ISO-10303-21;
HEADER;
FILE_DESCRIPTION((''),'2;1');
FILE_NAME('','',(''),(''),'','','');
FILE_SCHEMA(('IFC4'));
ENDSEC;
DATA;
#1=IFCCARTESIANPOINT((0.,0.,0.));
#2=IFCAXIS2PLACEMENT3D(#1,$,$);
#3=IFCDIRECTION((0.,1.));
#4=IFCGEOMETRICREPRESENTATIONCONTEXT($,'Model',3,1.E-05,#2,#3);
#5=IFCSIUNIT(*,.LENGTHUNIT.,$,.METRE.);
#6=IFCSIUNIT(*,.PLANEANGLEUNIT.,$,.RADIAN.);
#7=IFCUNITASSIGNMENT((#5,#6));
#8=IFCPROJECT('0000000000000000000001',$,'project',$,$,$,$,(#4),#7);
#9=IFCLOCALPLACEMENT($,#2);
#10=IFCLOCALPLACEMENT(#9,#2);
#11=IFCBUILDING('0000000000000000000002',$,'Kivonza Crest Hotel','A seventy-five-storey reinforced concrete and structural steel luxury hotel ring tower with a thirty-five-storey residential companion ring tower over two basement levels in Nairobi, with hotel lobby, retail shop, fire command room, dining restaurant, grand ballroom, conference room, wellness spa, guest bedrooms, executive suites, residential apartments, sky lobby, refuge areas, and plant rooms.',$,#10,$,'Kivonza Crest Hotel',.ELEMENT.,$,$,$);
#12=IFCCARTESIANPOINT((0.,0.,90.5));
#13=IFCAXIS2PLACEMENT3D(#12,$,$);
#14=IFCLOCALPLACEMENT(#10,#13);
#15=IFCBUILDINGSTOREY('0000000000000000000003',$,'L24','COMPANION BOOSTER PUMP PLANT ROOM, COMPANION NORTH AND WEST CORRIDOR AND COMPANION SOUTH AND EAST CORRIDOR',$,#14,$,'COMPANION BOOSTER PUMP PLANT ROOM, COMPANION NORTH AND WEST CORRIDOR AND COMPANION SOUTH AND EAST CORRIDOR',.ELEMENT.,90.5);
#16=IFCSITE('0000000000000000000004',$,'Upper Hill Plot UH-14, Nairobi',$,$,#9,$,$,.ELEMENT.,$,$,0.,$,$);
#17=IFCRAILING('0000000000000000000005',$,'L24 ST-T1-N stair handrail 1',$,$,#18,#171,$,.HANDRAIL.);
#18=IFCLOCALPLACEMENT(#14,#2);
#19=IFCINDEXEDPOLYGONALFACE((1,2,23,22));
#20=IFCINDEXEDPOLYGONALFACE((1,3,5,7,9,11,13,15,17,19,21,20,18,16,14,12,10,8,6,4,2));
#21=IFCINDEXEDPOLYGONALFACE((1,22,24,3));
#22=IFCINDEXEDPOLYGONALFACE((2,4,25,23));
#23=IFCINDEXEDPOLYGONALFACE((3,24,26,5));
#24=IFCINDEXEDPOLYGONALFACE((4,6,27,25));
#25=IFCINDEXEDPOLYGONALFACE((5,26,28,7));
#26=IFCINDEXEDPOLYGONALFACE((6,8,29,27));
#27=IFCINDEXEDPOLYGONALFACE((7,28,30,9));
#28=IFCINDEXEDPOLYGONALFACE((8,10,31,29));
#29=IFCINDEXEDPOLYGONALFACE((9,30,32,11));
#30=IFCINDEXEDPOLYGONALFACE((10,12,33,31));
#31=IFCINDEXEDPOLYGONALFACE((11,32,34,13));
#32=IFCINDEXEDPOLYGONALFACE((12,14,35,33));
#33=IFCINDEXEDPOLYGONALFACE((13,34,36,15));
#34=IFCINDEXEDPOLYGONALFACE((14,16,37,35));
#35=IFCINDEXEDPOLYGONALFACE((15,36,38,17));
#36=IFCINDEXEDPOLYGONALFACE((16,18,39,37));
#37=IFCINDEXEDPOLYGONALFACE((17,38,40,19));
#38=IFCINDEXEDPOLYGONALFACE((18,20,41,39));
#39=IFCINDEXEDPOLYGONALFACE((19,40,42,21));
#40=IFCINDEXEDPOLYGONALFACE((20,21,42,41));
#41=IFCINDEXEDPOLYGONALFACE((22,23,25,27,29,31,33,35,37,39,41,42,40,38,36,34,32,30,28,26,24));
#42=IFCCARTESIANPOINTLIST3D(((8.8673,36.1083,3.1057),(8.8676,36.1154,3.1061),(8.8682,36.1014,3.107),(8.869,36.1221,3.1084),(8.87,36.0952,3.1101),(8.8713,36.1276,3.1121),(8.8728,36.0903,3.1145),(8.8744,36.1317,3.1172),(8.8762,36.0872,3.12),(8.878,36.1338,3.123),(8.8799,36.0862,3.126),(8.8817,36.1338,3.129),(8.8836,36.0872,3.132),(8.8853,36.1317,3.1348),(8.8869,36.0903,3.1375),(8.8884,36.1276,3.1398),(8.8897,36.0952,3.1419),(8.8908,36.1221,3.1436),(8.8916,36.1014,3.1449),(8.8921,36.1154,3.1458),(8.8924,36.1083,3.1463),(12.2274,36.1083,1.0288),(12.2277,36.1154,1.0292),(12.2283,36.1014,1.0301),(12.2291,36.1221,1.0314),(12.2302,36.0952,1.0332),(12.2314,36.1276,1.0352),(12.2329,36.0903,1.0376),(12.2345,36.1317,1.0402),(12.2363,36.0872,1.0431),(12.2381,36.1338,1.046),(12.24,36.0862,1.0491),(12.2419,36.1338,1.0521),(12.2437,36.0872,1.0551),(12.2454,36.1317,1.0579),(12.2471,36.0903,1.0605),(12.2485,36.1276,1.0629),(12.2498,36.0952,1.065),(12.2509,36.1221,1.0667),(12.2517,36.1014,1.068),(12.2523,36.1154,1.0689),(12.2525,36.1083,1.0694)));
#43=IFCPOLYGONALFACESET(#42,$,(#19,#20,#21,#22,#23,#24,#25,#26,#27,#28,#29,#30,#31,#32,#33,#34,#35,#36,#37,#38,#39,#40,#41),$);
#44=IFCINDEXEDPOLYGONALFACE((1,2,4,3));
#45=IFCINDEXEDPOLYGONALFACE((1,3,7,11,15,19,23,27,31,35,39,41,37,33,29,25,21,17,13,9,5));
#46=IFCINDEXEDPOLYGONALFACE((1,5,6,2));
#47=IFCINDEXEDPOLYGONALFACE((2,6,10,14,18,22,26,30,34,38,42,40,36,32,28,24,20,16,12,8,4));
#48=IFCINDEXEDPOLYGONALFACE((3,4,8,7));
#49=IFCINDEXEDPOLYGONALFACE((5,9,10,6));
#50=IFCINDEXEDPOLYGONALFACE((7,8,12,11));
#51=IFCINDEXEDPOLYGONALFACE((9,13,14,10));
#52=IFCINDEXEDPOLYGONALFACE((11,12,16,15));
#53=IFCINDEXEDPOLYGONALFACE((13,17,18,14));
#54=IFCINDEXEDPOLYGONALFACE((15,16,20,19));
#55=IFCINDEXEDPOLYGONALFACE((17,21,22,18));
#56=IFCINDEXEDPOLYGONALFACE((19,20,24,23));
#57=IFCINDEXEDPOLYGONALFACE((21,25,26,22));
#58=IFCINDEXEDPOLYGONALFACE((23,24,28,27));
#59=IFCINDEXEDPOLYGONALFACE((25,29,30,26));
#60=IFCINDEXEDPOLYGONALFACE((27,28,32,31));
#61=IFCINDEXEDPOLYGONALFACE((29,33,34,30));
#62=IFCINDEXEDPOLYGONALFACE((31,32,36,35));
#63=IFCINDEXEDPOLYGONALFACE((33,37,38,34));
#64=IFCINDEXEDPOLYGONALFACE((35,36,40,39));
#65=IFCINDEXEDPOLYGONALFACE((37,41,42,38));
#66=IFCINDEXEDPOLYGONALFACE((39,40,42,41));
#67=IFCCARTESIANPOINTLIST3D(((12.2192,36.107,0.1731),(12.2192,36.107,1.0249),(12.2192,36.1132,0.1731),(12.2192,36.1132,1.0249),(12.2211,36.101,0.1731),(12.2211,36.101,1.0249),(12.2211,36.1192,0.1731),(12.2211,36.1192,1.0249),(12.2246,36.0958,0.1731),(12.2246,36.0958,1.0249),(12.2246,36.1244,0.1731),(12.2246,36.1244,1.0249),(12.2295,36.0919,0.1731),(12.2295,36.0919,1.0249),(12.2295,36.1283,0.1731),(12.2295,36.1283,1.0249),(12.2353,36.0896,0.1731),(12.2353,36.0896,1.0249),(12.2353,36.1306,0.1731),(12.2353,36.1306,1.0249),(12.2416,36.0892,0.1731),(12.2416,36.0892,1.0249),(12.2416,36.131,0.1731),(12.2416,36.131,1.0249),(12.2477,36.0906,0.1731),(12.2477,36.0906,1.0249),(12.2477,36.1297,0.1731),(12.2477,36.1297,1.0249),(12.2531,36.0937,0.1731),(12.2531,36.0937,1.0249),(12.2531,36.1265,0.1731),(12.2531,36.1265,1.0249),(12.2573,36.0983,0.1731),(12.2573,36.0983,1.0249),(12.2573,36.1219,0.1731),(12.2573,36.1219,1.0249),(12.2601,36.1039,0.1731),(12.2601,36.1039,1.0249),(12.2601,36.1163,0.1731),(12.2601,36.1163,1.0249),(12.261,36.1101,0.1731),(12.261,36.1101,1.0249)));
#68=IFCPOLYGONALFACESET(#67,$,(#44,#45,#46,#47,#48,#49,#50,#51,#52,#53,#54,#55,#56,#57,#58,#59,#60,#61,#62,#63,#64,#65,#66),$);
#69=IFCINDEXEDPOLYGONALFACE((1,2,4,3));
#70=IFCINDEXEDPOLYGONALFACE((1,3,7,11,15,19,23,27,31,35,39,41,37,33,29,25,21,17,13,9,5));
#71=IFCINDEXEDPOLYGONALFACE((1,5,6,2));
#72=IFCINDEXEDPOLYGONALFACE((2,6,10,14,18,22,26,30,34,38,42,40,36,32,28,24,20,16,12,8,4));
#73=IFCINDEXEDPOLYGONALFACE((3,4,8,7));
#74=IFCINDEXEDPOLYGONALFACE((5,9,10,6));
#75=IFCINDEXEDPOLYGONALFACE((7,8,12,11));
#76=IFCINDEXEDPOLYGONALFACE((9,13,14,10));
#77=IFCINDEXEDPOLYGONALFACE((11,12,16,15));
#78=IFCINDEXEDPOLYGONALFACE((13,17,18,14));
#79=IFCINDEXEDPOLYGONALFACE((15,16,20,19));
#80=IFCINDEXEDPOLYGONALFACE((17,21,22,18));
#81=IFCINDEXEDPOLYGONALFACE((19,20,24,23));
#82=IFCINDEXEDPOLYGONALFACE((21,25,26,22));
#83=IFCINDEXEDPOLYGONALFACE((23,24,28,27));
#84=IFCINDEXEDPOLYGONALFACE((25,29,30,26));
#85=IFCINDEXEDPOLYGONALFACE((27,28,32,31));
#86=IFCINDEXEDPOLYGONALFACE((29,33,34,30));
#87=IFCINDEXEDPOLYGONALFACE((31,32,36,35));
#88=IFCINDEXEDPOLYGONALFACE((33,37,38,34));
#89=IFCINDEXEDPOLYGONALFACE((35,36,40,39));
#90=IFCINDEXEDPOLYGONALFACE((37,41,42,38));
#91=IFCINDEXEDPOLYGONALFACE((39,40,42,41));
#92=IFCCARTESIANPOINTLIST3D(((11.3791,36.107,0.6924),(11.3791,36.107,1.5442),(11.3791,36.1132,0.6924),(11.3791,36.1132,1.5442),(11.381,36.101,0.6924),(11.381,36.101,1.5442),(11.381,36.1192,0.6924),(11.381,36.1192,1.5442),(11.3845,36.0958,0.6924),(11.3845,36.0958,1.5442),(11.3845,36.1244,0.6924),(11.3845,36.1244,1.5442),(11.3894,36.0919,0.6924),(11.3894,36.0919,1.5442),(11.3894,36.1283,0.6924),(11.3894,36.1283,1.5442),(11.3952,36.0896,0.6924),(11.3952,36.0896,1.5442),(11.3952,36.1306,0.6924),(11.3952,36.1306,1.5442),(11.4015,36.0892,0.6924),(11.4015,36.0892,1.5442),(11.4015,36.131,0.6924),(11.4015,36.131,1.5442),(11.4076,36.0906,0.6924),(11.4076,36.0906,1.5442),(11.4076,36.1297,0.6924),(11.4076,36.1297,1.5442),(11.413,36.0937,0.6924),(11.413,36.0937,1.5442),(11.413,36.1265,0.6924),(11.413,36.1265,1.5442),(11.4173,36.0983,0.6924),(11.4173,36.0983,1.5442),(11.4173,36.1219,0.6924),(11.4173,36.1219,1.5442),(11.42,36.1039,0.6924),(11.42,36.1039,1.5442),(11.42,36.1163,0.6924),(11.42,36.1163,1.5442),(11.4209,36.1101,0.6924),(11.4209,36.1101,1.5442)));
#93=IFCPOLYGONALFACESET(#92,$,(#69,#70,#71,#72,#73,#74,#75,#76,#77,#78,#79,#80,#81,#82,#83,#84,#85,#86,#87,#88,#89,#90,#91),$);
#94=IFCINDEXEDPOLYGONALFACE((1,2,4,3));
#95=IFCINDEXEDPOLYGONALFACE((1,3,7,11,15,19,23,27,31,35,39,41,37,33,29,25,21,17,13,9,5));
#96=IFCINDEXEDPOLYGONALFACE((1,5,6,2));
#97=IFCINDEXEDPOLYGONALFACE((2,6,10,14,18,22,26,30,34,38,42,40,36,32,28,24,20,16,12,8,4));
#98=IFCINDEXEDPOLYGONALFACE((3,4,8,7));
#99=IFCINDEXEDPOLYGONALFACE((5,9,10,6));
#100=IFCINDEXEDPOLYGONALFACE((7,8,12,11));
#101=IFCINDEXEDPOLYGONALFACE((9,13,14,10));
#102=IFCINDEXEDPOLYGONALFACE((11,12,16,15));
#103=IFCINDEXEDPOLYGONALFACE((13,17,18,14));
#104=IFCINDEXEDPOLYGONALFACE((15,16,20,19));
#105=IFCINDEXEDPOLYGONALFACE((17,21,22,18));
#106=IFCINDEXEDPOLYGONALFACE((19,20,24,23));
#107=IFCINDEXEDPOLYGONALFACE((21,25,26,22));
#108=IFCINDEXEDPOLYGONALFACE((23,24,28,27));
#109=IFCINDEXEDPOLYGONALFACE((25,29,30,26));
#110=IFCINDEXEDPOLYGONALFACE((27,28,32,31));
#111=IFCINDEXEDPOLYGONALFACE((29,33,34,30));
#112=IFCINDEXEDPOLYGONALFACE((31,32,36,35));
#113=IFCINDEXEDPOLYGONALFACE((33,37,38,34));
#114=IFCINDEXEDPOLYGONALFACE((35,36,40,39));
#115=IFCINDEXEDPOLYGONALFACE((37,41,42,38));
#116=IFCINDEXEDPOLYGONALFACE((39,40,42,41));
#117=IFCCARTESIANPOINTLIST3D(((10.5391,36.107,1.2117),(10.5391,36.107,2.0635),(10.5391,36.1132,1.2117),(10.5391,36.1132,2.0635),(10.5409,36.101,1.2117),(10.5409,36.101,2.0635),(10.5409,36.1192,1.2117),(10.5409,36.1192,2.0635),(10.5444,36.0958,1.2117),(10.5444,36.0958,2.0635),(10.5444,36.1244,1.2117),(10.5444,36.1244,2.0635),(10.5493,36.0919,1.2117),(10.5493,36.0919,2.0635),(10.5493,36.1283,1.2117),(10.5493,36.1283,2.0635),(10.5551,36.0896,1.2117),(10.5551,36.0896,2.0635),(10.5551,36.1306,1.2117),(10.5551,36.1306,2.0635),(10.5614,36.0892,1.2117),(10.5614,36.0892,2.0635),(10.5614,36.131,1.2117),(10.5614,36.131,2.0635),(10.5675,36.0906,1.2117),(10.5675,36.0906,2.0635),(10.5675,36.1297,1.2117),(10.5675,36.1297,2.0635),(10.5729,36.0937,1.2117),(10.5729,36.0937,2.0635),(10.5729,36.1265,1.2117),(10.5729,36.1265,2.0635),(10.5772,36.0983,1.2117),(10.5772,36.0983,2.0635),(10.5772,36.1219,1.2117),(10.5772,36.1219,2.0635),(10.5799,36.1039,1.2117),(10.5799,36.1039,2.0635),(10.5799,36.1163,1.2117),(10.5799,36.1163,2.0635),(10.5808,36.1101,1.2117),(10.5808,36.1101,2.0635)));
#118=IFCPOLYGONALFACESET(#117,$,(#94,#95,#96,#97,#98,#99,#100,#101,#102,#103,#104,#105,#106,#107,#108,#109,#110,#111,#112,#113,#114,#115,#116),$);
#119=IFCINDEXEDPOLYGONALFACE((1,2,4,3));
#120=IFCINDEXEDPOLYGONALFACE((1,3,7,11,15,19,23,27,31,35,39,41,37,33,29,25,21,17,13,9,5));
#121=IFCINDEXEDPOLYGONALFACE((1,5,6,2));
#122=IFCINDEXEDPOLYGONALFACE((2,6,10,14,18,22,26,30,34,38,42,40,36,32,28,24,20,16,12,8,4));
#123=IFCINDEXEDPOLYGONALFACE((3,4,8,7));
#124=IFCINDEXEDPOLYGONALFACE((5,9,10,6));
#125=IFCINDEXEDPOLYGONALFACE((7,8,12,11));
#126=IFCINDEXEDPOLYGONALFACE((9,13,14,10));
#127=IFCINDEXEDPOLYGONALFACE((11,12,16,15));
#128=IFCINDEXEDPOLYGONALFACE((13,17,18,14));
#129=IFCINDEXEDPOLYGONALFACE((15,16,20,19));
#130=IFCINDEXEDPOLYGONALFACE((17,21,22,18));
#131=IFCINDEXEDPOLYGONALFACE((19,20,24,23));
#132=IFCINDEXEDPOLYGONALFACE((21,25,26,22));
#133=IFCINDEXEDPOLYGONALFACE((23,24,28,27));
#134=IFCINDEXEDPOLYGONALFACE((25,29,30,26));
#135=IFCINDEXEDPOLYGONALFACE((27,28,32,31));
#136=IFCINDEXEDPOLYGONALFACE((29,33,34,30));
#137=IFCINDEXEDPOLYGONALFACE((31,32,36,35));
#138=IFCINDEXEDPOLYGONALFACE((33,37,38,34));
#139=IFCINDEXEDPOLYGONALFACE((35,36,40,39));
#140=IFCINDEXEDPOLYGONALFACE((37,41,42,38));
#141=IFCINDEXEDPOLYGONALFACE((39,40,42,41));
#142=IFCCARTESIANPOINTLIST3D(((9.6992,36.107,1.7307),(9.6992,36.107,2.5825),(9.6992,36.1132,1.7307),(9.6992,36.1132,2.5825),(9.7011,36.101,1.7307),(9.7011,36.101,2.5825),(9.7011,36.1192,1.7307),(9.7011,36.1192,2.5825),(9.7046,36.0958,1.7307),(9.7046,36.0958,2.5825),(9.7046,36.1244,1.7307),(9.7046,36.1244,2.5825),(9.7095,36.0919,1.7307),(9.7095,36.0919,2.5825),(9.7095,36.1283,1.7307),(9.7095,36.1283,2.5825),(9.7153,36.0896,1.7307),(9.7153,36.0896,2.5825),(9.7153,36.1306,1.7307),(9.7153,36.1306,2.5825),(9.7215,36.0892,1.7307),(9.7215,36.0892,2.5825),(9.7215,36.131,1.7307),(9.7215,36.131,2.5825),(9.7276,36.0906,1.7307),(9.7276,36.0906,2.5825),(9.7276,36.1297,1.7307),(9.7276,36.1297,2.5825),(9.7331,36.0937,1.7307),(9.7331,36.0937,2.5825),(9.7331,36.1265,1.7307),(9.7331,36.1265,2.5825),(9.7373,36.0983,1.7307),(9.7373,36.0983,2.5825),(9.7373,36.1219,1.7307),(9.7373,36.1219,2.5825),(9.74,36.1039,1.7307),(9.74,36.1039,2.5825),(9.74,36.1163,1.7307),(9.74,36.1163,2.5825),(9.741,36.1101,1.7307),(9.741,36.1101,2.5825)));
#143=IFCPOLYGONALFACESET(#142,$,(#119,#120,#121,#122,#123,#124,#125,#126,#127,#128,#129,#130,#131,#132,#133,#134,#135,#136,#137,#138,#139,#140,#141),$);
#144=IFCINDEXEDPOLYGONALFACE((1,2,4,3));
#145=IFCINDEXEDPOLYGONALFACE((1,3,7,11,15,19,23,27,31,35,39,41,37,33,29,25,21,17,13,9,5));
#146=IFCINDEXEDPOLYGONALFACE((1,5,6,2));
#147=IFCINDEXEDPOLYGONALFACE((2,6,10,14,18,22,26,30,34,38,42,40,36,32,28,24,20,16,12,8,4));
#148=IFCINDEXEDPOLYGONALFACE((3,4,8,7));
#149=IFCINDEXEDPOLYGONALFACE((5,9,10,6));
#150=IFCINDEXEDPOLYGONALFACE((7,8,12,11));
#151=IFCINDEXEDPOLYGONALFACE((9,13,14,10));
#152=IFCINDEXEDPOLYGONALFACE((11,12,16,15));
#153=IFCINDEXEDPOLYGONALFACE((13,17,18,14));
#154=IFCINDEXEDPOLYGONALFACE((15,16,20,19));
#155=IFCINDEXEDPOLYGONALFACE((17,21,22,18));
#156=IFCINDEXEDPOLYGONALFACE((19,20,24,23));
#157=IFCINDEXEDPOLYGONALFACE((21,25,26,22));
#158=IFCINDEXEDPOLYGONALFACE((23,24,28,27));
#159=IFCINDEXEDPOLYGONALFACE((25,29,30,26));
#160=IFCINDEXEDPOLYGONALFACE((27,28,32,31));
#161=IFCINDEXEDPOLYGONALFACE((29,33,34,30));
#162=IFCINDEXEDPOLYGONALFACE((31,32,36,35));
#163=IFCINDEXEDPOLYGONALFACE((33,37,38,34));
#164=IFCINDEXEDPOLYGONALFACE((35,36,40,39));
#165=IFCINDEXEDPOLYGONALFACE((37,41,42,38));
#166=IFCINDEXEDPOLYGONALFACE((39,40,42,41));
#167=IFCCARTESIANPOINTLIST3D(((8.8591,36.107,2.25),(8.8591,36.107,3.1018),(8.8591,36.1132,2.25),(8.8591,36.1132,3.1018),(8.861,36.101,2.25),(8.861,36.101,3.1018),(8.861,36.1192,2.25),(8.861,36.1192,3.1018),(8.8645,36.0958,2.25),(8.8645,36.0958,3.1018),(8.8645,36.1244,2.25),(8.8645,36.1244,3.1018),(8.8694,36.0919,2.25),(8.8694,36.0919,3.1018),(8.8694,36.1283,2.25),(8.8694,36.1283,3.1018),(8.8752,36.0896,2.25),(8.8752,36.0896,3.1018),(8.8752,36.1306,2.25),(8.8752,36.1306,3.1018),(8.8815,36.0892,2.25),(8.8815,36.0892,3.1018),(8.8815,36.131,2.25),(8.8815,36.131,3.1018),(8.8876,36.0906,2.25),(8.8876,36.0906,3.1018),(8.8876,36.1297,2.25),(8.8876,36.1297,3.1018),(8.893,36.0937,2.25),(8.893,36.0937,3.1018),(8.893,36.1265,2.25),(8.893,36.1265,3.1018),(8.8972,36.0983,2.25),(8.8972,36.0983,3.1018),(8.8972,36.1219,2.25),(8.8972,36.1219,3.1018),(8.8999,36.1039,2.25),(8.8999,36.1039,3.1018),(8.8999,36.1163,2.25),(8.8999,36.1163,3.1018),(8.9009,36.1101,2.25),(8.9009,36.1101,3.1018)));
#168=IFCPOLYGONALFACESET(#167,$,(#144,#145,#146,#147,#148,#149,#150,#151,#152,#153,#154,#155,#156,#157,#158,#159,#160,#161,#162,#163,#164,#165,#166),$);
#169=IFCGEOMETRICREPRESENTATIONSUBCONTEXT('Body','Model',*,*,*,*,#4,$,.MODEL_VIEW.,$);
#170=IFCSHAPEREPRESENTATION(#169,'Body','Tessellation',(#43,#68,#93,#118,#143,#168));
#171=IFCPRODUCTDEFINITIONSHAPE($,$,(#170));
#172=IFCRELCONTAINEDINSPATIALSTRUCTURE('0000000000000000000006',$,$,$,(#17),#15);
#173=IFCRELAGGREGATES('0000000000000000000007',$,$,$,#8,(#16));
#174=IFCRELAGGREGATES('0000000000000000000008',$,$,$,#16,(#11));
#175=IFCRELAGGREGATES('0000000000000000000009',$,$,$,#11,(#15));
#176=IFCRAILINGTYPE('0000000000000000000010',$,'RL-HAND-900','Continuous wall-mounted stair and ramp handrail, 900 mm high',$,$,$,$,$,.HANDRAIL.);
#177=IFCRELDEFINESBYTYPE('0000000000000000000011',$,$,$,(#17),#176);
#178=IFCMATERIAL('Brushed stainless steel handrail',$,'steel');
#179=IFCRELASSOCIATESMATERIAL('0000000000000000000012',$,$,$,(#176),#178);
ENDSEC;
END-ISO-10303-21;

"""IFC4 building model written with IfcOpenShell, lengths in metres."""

from ifc_helpers import new_model, si_unit, direction, frame, origin, origin_2d, place, context, subcontext, project, spatial, circle, extrude, material, type_object, element, save


model = new_model("IFC4")

# Units and contexts
model_context = context("Model", 3, precision=1e-05, world=origin(), true_north=direction((0.0, 1.0)))
body_context = subcontext(model_context, "Body", "Model", "MODEL_VIEW")
ifc_project = project(units=[si_unit("LENGTHUNIT", "METRE"), si_unit("PLANEANGLEUNIT", "RADIAN")], contexts=[model_context])

# Site, building, storey
site_placement = place(None, origin())
site = spatial("IfcSite", under=ifc_project, at=site_placement, Name="Upper Hill Plot UH-14, Nairobi", CompositionType="ELEMENT", RefElevation=0.0)
building_placement = place(site_placement, origin())
building = spatial("IfcBuilding", under=site, at=building_placement, Name="Kivonza Crest Hotel", Description="A seventy-five-storey reinforced concrete and structural steel luxury hotel ring tower with a thirty-five-storey residential companion ring tower over two basement levels in Nairobi, with hotel lobby, retail shop, fire command room, dining restaurant, grand ballroom, conference room, wellness spa, guest bedrooms, executive suites, residential apartments, sky lobby, refuge areas, and plant rooms.", LongName="Kivonza Crest Hotel", CompositionType="ELEMENT")
storey_placement = place(building_placement, frame((0.0, 0.0, 90.5)))
storey = spatial("IfcBuildingStorey", under=building, at=storey_placement, Name="L24", Description="COMPANION BOOSTER PUMP PLANT ROOM, COMPANION NORTH AND WEST CORRIDOR AND COMPANION SOUTH AND EAST CORRIDOR", LongName="COMPANION BOOSTER PUMP PLANT ROOM, COMPANION NORTH AND WEST CORRIDOR AND COMPANION SOUTH AND EAST CORRIDOR", CompositionType="ELEMENT", Elevation=90.5)

# Railing
ifc_material_1 = material(Name="Brushed stainless steel handrail", Category="steel")
railing_type = type_object("IfcRailingType", Name="RL-HAND-900", Description="Continuous wall-mounted stair and ramp handrail, 900 mm high", PredefinedType="HANDRAIL", material=ifc_material_1)
railing_placement = place(storey_placement, frame((12.24, 36.1101, 0.1731)))
element("IfcRailing", 1, at=railing_placement, inside=storey, type_object=railing_type, Name="L24 ST-T1-N stair handrail 1", PredefinedType="HANDRAIL", context=body_context, shape_type="SweptSolid", body=[
    extrude(circle(Radius=0.0239, at=origin_2d()), frame((0.0, 0.0, 0.876), z_axis=(-0.850623, 0.0, 0.525776), x_axis=(0.0, -1.0, 0.0)), (0.0, 0.0, 1.0), 3.9502),
    extrude(circle(Radius=0.021, at=origin_2d()), origin(), (0.0, 0.0, 1.0), 0.8518),
    extrude(circle(Radius=0.021, at=origin_2d()), frame((-0.8401, 0.0, 0.5193)), (0.0, 0.0, 1.0), 0.8518),
    extrude(circle(Radius=0.021, at=origin_2d()), frame((-1.6802, 0.0, 1.0386)), (0.0, 0.0, 1.0), 0.8518),
    extrude(circle(Radius=0.021, at=origin_2d()), frame((-2.52, 0.0, 1.5576)), (0.0, 0.0, 1.0), 0.8518),
    extrude(circle(Radius=0.021, at=origin_2d()), frame((-3.3601, 0.0, 2.0769)), (0.0, 0.0, 1.0), 0.8518),
])

save(model, "model.ifc")
